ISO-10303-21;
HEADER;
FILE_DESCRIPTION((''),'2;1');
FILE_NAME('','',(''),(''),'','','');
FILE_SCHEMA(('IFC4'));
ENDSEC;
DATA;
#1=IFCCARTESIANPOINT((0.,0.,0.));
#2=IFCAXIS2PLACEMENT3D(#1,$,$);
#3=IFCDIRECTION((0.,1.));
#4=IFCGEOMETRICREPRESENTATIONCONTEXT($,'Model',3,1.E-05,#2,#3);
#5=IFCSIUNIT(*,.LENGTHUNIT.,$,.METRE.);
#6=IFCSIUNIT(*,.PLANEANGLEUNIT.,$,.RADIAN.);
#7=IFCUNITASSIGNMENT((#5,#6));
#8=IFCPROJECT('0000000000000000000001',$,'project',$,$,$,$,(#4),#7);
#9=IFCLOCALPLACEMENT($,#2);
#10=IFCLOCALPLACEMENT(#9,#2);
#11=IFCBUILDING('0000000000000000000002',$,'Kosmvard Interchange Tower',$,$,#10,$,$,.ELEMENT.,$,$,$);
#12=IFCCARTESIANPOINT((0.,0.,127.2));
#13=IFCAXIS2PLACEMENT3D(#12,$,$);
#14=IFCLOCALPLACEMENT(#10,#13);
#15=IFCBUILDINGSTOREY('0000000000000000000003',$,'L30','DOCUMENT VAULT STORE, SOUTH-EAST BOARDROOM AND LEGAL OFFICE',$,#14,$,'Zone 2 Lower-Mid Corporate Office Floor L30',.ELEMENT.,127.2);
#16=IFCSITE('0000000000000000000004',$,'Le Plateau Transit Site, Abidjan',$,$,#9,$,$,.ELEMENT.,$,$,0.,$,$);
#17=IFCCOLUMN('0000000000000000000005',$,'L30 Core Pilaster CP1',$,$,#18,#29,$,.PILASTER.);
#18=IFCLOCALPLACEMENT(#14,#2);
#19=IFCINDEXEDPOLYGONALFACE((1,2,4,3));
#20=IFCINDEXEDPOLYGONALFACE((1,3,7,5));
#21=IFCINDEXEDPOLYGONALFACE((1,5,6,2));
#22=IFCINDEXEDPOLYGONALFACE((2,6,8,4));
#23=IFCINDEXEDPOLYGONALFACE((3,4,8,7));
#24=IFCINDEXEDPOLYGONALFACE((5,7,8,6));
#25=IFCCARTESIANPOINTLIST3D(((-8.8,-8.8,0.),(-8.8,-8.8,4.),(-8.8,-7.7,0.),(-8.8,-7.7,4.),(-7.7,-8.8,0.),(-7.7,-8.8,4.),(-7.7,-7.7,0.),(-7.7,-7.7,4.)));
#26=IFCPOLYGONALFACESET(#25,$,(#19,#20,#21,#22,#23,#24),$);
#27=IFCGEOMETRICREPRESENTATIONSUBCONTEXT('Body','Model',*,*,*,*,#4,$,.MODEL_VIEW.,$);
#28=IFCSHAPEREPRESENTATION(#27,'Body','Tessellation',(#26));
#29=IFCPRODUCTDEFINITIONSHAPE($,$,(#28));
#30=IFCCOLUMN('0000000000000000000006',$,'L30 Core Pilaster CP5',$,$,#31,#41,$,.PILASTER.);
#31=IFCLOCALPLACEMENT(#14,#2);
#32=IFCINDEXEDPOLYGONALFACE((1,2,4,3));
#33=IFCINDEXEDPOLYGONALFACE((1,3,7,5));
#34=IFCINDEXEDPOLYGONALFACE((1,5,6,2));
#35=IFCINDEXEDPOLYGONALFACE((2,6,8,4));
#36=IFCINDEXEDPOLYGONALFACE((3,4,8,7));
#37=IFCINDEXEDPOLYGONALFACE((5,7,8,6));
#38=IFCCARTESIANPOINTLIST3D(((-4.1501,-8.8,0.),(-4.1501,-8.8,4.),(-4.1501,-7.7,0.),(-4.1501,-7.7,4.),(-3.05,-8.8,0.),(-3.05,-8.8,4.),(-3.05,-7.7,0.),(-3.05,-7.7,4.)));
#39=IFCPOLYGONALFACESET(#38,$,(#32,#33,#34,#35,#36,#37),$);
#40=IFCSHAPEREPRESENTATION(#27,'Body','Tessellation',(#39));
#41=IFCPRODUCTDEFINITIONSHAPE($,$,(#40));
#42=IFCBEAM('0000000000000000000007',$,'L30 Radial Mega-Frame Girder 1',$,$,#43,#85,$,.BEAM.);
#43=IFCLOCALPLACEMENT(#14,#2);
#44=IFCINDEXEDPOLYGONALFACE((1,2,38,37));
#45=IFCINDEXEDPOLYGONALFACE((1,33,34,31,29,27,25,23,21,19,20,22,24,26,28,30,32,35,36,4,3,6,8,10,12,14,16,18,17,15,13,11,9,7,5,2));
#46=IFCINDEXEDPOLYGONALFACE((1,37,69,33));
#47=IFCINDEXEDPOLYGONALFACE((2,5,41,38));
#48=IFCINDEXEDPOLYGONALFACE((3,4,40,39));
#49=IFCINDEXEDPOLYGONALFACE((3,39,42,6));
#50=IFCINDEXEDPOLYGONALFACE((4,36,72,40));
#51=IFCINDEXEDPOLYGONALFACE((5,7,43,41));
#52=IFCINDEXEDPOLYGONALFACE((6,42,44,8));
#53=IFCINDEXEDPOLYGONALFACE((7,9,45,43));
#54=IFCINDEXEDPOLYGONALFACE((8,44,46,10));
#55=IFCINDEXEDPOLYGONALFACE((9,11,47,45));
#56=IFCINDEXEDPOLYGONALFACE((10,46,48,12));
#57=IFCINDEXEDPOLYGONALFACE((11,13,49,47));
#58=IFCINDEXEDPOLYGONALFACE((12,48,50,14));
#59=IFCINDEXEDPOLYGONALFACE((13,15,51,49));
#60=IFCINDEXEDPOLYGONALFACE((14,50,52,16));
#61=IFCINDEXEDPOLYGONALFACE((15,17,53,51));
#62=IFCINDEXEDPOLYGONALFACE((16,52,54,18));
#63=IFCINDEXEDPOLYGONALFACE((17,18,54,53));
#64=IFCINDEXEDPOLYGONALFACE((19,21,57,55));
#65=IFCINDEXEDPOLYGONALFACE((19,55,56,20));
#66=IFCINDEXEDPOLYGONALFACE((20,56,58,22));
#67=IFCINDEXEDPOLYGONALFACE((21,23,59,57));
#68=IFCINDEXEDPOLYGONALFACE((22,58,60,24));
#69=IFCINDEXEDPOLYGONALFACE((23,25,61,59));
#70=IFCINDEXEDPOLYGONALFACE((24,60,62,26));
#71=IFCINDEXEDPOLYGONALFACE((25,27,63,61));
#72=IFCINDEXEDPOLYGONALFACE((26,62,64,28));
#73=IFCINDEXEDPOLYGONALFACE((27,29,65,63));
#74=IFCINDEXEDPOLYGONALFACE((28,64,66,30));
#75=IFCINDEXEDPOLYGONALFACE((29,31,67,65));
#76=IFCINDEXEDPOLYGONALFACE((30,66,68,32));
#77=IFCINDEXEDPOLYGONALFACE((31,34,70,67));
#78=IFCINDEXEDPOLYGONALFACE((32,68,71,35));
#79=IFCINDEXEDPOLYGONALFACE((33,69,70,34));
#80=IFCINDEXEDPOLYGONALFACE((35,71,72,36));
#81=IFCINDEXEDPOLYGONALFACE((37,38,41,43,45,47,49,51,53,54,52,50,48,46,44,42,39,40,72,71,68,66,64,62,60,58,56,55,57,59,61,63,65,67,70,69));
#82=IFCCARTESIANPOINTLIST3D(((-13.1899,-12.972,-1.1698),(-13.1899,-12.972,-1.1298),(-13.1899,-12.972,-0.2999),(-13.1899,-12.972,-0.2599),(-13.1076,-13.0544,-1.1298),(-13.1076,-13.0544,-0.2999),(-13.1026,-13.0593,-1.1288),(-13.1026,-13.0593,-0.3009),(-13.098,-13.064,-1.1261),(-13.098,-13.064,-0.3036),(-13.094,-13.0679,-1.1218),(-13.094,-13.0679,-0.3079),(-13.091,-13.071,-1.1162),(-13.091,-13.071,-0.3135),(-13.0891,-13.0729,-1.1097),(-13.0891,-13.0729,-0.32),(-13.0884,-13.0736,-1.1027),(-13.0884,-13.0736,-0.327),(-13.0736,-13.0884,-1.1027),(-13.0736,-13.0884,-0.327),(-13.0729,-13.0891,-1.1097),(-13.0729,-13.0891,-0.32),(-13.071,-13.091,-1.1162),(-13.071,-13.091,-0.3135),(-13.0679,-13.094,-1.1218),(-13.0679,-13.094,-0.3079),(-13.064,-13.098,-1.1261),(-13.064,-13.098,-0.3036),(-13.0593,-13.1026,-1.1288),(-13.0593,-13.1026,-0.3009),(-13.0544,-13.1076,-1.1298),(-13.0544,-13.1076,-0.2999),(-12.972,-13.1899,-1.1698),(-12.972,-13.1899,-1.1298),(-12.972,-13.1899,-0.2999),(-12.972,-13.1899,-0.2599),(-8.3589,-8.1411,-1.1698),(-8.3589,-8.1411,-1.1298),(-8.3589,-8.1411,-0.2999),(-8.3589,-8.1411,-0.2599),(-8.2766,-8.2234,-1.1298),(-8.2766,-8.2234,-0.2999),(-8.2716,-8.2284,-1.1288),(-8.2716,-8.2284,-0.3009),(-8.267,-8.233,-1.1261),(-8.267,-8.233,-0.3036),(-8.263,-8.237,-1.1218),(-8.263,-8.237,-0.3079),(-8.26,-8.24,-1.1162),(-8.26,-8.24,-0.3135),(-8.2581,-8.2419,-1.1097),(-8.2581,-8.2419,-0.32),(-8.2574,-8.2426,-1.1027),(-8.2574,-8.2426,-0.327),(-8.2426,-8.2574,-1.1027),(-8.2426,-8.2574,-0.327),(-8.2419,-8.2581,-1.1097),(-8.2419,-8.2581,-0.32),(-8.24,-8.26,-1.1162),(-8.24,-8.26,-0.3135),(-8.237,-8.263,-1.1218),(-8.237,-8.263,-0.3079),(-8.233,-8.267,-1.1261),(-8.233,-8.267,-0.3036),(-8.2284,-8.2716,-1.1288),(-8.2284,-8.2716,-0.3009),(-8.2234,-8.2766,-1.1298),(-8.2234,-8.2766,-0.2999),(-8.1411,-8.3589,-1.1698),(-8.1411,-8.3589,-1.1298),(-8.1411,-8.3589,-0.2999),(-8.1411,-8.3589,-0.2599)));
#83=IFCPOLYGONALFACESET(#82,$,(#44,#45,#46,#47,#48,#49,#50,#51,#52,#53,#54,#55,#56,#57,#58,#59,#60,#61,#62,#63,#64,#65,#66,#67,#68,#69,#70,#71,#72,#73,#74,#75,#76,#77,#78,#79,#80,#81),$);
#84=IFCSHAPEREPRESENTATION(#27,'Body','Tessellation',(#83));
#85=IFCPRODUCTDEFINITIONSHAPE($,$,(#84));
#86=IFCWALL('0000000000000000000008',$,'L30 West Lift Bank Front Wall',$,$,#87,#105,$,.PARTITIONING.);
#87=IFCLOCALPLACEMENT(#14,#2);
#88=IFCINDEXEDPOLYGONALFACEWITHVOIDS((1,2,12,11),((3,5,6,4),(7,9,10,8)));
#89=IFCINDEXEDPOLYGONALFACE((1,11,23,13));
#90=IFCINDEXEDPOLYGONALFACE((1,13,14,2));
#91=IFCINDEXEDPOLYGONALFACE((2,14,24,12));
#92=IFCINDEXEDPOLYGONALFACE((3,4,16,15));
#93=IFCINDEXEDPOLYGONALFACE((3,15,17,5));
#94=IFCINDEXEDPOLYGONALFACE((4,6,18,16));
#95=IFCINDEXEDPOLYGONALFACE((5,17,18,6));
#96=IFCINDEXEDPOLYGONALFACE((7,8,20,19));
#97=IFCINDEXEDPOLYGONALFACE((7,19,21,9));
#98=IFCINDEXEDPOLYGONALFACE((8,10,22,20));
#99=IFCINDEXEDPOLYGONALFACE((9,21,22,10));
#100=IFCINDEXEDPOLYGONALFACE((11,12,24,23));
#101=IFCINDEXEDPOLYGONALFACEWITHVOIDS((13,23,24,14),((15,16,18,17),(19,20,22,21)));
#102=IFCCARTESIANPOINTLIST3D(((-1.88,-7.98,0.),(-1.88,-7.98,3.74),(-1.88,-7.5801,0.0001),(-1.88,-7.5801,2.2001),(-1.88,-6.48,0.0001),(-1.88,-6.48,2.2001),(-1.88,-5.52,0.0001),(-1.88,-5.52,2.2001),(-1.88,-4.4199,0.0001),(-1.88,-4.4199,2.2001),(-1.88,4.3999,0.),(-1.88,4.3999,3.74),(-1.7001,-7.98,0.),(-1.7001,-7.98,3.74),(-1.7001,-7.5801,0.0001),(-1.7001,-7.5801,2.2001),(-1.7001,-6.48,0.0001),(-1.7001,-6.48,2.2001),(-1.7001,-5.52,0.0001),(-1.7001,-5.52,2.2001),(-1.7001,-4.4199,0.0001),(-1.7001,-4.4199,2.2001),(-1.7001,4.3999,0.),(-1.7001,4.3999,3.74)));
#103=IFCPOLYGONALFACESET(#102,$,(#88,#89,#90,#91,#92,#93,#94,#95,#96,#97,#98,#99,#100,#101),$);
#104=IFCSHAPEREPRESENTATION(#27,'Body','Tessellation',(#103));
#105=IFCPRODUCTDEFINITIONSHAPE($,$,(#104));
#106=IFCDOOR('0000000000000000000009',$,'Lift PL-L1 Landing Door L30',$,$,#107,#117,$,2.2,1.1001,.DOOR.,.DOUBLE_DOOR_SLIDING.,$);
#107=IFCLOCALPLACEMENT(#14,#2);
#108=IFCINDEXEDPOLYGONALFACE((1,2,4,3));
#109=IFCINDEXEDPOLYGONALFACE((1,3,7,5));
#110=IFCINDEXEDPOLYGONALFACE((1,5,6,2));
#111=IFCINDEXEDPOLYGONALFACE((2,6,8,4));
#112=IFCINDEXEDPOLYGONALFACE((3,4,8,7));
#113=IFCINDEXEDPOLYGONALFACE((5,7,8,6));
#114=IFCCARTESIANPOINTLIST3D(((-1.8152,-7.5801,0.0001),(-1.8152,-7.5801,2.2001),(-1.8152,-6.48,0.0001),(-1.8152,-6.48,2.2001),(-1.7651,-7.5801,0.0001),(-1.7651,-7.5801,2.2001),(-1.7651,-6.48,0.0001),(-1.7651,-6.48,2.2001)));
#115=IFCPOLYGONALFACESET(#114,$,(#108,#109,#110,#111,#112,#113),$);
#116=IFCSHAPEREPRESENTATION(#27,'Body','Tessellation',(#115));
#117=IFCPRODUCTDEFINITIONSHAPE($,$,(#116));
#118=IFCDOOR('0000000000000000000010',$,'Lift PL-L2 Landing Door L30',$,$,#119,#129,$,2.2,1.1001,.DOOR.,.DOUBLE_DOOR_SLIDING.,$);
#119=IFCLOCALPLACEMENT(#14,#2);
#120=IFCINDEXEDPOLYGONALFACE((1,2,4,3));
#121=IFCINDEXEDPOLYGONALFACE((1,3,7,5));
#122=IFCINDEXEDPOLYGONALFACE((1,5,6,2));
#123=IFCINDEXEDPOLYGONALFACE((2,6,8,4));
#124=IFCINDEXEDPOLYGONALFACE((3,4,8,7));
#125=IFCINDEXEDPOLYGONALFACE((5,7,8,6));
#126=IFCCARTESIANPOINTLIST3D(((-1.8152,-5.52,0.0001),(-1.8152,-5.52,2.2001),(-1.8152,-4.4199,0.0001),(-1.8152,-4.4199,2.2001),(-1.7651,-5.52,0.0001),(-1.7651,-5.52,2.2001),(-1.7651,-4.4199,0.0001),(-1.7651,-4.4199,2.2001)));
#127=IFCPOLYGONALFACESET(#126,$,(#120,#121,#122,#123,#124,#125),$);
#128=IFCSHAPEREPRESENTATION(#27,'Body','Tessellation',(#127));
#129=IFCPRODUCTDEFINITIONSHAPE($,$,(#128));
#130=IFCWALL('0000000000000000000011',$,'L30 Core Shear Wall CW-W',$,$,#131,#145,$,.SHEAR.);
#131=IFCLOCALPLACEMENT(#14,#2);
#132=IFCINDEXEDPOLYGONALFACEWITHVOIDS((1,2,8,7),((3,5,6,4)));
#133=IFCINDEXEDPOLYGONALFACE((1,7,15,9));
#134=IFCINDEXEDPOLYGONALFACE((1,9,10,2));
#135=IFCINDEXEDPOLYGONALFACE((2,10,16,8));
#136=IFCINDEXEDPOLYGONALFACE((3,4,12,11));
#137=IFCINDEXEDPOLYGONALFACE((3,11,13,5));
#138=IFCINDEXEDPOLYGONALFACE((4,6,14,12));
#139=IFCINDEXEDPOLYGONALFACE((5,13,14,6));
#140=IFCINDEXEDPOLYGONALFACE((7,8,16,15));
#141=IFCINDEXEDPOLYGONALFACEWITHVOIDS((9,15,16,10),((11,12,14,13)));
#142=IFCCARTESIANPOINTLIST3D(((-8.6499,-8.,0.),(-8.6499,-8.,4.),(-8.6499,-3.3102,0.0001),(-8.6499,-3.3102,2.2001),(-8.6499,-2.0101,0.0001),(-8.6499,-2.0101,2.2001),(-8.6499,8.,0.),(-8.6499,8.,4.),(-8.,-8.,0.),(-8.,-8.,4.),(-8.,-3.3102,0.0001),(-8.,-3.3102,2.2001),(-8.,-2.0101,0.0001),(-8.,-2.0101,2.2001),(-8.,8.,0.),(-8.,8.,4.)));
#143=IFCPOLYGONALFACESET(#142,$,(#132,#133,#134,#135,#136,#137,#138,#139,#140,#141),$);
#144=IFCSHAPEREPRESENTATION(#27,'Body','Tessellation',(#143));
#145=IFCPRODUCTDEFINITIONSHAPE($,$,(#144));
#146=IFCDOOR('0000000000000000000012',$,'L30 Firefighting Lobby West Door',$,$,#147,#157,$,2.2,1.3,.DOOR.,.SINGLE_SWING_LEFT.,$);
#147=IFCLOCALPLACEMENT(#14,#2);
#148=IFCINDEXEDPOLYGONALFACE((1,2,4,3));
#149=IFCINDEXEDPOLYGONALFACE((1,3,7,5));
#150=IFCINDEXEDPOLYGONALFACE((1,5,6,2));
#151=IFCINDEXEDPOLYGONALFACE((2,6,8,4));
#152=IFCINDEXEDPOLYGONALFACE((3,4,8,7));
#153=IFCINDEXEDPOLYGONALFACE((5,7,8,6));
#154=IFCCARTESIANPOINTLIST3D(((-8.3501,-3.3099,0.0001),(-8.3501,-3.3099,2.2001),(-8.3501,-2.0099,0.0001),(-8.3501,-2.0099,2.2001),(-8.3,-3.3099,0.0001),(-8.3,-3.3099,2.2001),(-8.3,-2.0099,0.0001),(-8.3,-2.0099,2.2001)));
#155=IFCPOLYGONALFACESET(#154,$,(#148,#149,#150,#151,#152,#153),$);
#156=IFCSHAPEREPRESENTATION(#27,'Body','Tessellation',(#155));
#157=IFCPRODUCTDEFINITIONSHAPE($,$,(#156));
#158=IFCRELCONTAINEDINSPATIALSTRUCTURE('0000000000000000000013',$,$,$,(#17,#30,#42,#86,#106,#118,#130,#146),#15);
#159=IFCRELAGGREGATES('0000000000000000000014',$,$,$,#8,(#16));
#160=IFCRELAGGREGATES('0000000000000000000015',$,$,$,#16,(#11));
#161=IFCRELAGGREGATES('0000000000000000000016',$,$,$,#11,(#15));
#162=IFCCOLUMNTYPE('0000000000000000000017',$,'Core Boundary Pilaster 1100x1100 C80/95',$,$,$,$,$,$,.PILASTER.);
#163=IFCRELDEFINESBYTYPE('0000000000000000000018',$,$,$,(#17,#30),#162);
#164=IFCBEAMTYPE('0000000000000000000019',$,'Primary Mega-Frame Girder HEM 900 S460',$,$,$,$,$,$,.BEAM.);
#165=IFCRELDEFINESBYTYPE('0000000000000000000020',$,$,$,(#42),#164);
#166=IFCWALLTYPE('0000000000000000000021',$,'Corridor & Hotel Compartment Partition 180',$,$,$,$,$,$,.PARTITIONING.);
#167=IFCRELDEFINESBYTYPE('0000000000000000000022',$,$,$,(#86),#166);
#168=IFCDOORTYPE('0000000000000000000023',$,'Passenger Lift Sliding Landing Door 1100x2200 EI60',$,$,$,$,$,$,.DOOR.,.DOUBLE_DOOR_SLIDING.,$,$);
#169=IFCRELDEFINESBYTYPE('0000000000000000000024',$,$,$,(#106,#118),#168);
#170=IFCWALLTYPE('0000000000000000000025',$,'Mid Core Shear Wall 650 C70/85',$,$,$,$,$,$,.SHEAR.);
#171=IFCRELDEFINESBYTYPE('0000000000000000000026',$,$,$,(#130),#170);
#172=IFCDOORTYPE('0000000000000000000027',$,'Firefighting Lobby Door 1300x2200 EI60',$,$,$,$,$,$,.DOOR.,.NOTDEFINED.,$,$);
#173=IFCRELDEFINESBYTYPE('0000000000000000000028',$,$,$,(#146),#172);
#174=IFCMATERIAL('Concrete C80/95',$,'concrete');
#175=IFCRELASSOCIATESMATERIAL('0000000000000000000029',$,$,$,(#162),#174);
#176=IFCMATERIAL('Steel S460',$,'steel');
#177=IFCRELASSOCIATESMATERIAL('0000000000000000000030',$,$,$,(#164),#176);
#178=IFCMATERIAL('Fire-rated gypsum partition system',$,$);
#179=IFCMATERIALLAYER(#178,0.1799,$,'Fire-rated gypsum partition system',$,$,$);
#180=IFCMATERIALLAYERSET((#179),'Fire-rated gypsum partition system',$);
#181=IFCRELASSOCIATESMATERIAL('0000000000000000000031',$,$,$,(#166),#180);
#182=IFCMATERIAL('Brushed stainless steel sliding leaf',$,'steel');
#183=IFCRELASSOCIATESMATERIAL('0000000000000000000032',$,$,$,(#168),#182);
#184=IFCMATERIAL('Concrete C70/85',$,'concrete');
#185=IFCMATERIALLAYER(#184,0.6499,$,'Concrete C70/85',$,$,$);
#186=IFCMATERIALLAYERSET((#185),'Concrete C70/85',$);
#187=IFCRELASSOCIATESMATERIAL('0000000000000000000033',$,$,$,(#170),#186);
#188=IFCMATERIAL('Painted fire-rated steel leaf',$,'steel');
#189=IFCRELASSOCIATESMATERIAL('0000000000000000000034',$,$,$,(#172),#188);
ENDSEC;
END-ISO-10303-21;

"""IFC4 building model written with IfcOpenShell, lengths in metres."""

from ifc_helpers import new_model, si_unit, direction, frame, frame_2d, origin, origin_2d, place, context, subcontext, project, spatial, rectangle, i_section, extrude, source, transform, mapped, material, layer, layer_set, material_profile, profile_set, type_object, element, fill, save


model = new_model("IFC4")

# Units and contexts
model_context = context("Model", 3, precision=1e-05, world=origin(), true_north=direction((0.0, 1.0)))
body_context = subcontext(model_context, "Body", "Model", "MODEL_VIEW")
ifc_project = project(units=[si_unit("LENGTHUNIT", "METRE"), si_unit("PLANEANGLEUNIT", "RADIAN")], contexts=[model_context])

# Site, building, storey
site_placement = place(None, origin())
site = spatial("IfcSite", under=ifc_project, at=site_placement, Name="Le Plateau Transit Site, Abidjan", CompositionType="ELEMENT", RefElevation=0.0)
building_placement = place(site_placement, origin())
building = spatial("IfcBuilding", under=site, at=building_placement, Name="Kosmvard Interchange Tower", CompositionType="ELEMENT")
storey_placement = place(building_placement, frame((0.0, 0.0, 127.2)))
storey = spatial("IfcBuildingStorey", under=building, at=storey_placement, Name="L30", Description="DOCUMENT VAULT STORE, SOUTH-EAST BOARDROOM AND LEGAL OFFICE", LongName="Zone 2 Lower-Mid Corporate Office Floor L30", CompositionType="ELEMENT", Elevation=127.2)

# Columns
ifc_material_1 = material(Name="Concrete C80/95", Category="concrete")
ifc_material_profile_1 = material_profile(ifc_material_1, rectangle(XDim=1.1001, YDim=1.1001, at=origin_2d()), Name="CP 1100x1100")
ifc_profile_set_1 = profile_set([ifc_material_profile_1], Name="Concrete C80/95")
column_type = type_object("IfcColumnType", Name="Core Boundary Pilaster 1100x1100 C80/95", PredefinedType="PILASTER", material=ifc_profile_set_1)
shared_shape_1 = source(origin(), body_context, "Body", "SweptSolid", [
    extrude(rectangle(XDim=1.1001, YDim=1.1001, at=origin_2d()), origin(), (0.0, 0.0, 1.0), 4.0),
])
for number, where, z_axis, x_axis, name in (
    (1, (-8.25, -8.25, 0.0), (0.0, 0.0, 1.0), (1.0, 0.0, 0.0), "L30 Core Pilaster CP1"),
    (2, (-3.6001, -8.25, 0.0), (0.0, 0.0, 1.0), (1.0, 0.0, 0.0), "L30 Core Pilaster CP5"),
):
    element("IfcColumn", number, at=place(storey_placement, frame(where, z_axis=z_axis, x_axis=x_axis)), inside=storey, type_object=column_type, Name=name, PredefinedType="PILASTER", context=body_context, shape_type="MappedRepresentation", body=[
        mapped(shared_shape_1, transform((0.0, 0.0, 0.0), scale=1.0)),
    ])

# Beam
ifc_material_2 = material(Name="Steel S460", Category="steel")
ifc_material_profile_2 = material_profile(ifc_material_2, i_section(OverallWidth=0.3081, OverallDepth=0.9099, WebThickness=0.021, FlangeThickness=0.04, FilletRadius=0.0271, at=origin_2d()), Name="HEM 900")
ifc_profile_set_2 = profile_set([ifc_material_profile_2], Name="Steel S460")
beam_type = type_object("IfcBeamType", Name="Primary Mega-Frame Girder HEM 900 S460", PredefinedType="BEAM", material=ifc_profile_set_2)
shared_shape_2 = source(origin(), body_context, "Body", "SweptSolid", [
    extrude(i_section(OverallWidth=0.3081, OverallDepth=0.9099, WebThickness=0.021, FlangeThickness=0.04, FilletRadius=0.0271, at=origin_2d()), origin(), (0.0, 0.0, 1.0), 6.832),
])
beam_placement = place(storey_placement, frame((-8.25, -8.25, -0.7148), z_axis=(-0.707107, -0.707107, 0.0), x_axis=(0.707107, -0.707107, 0.0)))
element("IfcBeam", 3, at=beam_placement, inside=storey, type_object=beam_type, Name="L30 Radial Mega-Frame Girder 1", PredefinedType="BEAM", context=body_context, shape_type="MappedRepresentation", body=[
    mapped(shared_shape_2, transform((0.0, 0.0, 0.0), scale=1.0)),
])

# Wall, openings, doors
ifc_material_3 = material(Name="Fire-rated gypsum partition system")
ifc_layer_1 = layer(ifc_material_3, 0.1799, Name="Fire-rated gypsum partition system")
ifc_layer_set_1 = layer_set([ifc_layer_1], Name="Fire-rated gypsum partition system")
wall_type_1 = type_object("IfcWallType", Name="Corridor & Hotel Compartment Partition 180", PredefinedType="PARTITIONING", material=ifc_layer_set_1)
wall_1_placement = place(storey_placement, frame((-1.79, -7.98, 0.0), z_axis=(0.0, 0.0, 1.0), x_axis=(0.0, 1.0, 0.0)))
wall_1 = element("IfcWall", 4, at=wall_1_placement, inside=storey, type_object=wall_type_1, Name="L30 West Lift Bank Front Wall", PredefinedType="PARTITIONING", context=body_context, shape_type="SweptSolid", body=[
    extrude(rectangle(XDim=12.3799, YDim=0.1799, at=frame_2d((6.1899, 0.0))), origin(), (0.0, 0.0, 1.0), 3.74),
])
opening_1_placement = place(wall_1_placement, frame((0.3999, 0.0, 0.0)))
opening_1 = element("IfcOpeningElement", 5, at=opening_1_placement, cuts=wall_1, PredefinedType="OPENING", context=body_context, shape_type="SweptSolid", body=[
    extrude(rectangle(XDim=1.1001, YDim=2.2, at=frame_2d((0.55, 1.1001))), frame((0.0, 0.1001, 0.0), z_axis=(0.0, -1.0, 0.0), x_axis=(1.0, 0.0, 0.0)), (0.0, 0.0, 1.0), 0.2),
])
opening_2_placement = place(wall_1_placement, frame((2.46, 0.0, 0.0)))
opening_2 = element("IfcOpeningElement", 6, at=opening_2_placement, cuts=wall_1, PredefinedType="OPENING", context=body_context, shape_type="SweptSolid", body=[
    extrude(rectangle(XDim=1.1001, YDim=2.2, at=frame_2d((0.55, 1.1001))), frame((0.0, 0.1001, 0.0), z_axis=(0.0, -1.0, 0.0), x_axis=(1.0, 0.0, 0.0)), (0.0, 0.0, 1.0), 0.2),
])
ifc_material_4 = material(Name="Brushed stainless steel sliding leaf", Category="steel")
door_type_1 = type_object("IfcDoorType", Name="Passenger Lift Sliding Landing Door 1100x2200 EI60", OperationType="DOUBLE_DOOR_SLIDING", PredefinedType="DOOR", material=ifc_material_4)
shared_shape_3 = source(origin(), body_context, "Body", "SweptSolid", [
    extrude(rectangle(XDim=1.1001, YDim=2.2, at=frame_2d((0.55, 1.1001))), frame((0.0, 0.0249, 0.0), z_axis=(0.0, -1.0, 0.0), x_axis=(1.0, 0.0, 0.0)), (0.0, 0.0, 1.0), 0.05),
])
door_1_placement = place(opening_1_placement, frame((1.1001, 0.0, 0.0), z_axis=(0.0, 0.0, 1.0), x_axis=(-1.0, 0.0, 0.0)))
door_1 = element("IfcDoor", 7, at=door_1_placement, inside=storey, type_object=door_type_1, Name="Lift PL-L1 Landing Door L30", OperationType="DOUBLE_DOOR_SLIDING", OverallHeight=2.2, OverallWidth=1.1001, PredefinedType="DOOR", context=body_context, shape_type="MappedRepresentation", body=[
    mapped(shared_shape_3, transform((0.0, 0.0, 0.0), scale=1.0)),
])
fill(opening_1, door_1)
door_2_placement = place(opening_2_placement, frame((1.1001, 0.0, 0.0), z_axis=(0.0, 0.0, 1.0), x_axis=(-1.0, 0.0, 0.0)))
door_2 = element("IfcDoor", 8, at=door_2_placement, inside=storey, type_object=door_type_1, Name="Lift PL-L2 Landing Door L30", OperationType="DOUBLE_DOOR_SLIDING", OverallHeight=2.2, OverallWidth=1.1001, PredefinedType="DOOR", context=body_context, shape_type="MappedRepresentation", body=[
    mapped(shared_shape_3, transform((0.0, 0.0, 0.0), scale=1.0)),
])
fill(opening_2, door_2)

# Wall, opening, door
ifc_material_5 = material(Name="Concrete C70/85", Category="concrete")
ifc_layer_2 = layer(ifc_material_5, 0.6499, Name="Concrete C70/85")
ifc_layer_set_2 = layer_set([ifc_layer_2], Name="Concrete C70/85")
wall_type_2 = type_object("IfcWallType", Name="Mid Core Shear Wall 650 C70/85", PredefinedType="SHEAR", material=ifc_layer_set_2)
wall_2_placement = place(storey_placement, frame((-8.325, -8.0, 0.0), z_axis=(0.0, 0.0, 1.0), x_axis=(0.0, 1.0, 0.0)))
wall_2 = element("IfcWall", 9, at=wall_2_placement, inside=storey, type_object=wall_type_2, Name="L30 Core Shear Wall CW-W", PredefinedType="SHEAR", context=body_context, shape_type="SweptSolid", body=[
    extrude(rectangle(XDim=16.0, YDim=0.6499, at=frame_2d((8.0, 0.0))), origin(), (0.0, 0.0, 1.0), 4.0),
])
opening_3_placement = place(wall_2_placement, frame((4.6899, 0.0, 0.0)))
opening_3 = element("IfcOpeningElement", 10, at=opening_3_placement, cuts=wall_2, PredefinedType="OPENING", context=body_context, shape_type="SweptSolid", body=[
    extrude(rectangle(XDim=1.3, YDim=2.2, at=frame_2d((0.6499, 1.1001))), frame((0.0, 0.335, 0.0), z_axis=(0.0, -1.0, 0.0), x_axis=(1.0, 0.0, 0.0)), (0.0, 0.0, 1.0), 0.6699),
])
ifc_material_6 = material(Name="Painted fire-rated steel leaf", Category="steel")
door_type_2 = type_object("IfcDoorType", Name="Firefighting Lobby Door 1300x2200 EI60", OperationType="NOTDEFINED", PredefinedType="DOOR", material=ifc_material_6)
shared_shape_4 = source(origin(), body_context, "Body", "SweptSolid", [
    extrude(rectangle(XDim=1.3, YDim=2.2, at=frame_2d((0.6499, 1.1001))), frame((0.0, 0.0249, 0.0), z_axis=(0.0, -1.0, 0.0), x_axis=(1.0, 0.0, 0.0)), (0.0, 0.0, 1.0), 0.05),
])
door_3_placement = place(opening_3_placement, frame((1.3, 0.0, 0.0), z_axis=(0.0, 0.0, 1.0), x_axis=(-1.0, 0.0, 0.0)))
door_3 = element("IfcDoor", 11, at=door_3_placement, inside=storey, type_object=door_type_2, Name="L30 Firefighting Lobby West Door", OperationType="SINGLE_SWING_LEFT", OverallHeight=2.2, OverallWidth=1.3, PredefinedType="DOOR", context=body_context, shape_type="MappedRepresentation", body=[
    mapped(shared_shape_4, transform((0.0, 0.0, 0.0), scale=1.0)),
])
fill(opening_3, door_3)

save(model, "model.ifc")
